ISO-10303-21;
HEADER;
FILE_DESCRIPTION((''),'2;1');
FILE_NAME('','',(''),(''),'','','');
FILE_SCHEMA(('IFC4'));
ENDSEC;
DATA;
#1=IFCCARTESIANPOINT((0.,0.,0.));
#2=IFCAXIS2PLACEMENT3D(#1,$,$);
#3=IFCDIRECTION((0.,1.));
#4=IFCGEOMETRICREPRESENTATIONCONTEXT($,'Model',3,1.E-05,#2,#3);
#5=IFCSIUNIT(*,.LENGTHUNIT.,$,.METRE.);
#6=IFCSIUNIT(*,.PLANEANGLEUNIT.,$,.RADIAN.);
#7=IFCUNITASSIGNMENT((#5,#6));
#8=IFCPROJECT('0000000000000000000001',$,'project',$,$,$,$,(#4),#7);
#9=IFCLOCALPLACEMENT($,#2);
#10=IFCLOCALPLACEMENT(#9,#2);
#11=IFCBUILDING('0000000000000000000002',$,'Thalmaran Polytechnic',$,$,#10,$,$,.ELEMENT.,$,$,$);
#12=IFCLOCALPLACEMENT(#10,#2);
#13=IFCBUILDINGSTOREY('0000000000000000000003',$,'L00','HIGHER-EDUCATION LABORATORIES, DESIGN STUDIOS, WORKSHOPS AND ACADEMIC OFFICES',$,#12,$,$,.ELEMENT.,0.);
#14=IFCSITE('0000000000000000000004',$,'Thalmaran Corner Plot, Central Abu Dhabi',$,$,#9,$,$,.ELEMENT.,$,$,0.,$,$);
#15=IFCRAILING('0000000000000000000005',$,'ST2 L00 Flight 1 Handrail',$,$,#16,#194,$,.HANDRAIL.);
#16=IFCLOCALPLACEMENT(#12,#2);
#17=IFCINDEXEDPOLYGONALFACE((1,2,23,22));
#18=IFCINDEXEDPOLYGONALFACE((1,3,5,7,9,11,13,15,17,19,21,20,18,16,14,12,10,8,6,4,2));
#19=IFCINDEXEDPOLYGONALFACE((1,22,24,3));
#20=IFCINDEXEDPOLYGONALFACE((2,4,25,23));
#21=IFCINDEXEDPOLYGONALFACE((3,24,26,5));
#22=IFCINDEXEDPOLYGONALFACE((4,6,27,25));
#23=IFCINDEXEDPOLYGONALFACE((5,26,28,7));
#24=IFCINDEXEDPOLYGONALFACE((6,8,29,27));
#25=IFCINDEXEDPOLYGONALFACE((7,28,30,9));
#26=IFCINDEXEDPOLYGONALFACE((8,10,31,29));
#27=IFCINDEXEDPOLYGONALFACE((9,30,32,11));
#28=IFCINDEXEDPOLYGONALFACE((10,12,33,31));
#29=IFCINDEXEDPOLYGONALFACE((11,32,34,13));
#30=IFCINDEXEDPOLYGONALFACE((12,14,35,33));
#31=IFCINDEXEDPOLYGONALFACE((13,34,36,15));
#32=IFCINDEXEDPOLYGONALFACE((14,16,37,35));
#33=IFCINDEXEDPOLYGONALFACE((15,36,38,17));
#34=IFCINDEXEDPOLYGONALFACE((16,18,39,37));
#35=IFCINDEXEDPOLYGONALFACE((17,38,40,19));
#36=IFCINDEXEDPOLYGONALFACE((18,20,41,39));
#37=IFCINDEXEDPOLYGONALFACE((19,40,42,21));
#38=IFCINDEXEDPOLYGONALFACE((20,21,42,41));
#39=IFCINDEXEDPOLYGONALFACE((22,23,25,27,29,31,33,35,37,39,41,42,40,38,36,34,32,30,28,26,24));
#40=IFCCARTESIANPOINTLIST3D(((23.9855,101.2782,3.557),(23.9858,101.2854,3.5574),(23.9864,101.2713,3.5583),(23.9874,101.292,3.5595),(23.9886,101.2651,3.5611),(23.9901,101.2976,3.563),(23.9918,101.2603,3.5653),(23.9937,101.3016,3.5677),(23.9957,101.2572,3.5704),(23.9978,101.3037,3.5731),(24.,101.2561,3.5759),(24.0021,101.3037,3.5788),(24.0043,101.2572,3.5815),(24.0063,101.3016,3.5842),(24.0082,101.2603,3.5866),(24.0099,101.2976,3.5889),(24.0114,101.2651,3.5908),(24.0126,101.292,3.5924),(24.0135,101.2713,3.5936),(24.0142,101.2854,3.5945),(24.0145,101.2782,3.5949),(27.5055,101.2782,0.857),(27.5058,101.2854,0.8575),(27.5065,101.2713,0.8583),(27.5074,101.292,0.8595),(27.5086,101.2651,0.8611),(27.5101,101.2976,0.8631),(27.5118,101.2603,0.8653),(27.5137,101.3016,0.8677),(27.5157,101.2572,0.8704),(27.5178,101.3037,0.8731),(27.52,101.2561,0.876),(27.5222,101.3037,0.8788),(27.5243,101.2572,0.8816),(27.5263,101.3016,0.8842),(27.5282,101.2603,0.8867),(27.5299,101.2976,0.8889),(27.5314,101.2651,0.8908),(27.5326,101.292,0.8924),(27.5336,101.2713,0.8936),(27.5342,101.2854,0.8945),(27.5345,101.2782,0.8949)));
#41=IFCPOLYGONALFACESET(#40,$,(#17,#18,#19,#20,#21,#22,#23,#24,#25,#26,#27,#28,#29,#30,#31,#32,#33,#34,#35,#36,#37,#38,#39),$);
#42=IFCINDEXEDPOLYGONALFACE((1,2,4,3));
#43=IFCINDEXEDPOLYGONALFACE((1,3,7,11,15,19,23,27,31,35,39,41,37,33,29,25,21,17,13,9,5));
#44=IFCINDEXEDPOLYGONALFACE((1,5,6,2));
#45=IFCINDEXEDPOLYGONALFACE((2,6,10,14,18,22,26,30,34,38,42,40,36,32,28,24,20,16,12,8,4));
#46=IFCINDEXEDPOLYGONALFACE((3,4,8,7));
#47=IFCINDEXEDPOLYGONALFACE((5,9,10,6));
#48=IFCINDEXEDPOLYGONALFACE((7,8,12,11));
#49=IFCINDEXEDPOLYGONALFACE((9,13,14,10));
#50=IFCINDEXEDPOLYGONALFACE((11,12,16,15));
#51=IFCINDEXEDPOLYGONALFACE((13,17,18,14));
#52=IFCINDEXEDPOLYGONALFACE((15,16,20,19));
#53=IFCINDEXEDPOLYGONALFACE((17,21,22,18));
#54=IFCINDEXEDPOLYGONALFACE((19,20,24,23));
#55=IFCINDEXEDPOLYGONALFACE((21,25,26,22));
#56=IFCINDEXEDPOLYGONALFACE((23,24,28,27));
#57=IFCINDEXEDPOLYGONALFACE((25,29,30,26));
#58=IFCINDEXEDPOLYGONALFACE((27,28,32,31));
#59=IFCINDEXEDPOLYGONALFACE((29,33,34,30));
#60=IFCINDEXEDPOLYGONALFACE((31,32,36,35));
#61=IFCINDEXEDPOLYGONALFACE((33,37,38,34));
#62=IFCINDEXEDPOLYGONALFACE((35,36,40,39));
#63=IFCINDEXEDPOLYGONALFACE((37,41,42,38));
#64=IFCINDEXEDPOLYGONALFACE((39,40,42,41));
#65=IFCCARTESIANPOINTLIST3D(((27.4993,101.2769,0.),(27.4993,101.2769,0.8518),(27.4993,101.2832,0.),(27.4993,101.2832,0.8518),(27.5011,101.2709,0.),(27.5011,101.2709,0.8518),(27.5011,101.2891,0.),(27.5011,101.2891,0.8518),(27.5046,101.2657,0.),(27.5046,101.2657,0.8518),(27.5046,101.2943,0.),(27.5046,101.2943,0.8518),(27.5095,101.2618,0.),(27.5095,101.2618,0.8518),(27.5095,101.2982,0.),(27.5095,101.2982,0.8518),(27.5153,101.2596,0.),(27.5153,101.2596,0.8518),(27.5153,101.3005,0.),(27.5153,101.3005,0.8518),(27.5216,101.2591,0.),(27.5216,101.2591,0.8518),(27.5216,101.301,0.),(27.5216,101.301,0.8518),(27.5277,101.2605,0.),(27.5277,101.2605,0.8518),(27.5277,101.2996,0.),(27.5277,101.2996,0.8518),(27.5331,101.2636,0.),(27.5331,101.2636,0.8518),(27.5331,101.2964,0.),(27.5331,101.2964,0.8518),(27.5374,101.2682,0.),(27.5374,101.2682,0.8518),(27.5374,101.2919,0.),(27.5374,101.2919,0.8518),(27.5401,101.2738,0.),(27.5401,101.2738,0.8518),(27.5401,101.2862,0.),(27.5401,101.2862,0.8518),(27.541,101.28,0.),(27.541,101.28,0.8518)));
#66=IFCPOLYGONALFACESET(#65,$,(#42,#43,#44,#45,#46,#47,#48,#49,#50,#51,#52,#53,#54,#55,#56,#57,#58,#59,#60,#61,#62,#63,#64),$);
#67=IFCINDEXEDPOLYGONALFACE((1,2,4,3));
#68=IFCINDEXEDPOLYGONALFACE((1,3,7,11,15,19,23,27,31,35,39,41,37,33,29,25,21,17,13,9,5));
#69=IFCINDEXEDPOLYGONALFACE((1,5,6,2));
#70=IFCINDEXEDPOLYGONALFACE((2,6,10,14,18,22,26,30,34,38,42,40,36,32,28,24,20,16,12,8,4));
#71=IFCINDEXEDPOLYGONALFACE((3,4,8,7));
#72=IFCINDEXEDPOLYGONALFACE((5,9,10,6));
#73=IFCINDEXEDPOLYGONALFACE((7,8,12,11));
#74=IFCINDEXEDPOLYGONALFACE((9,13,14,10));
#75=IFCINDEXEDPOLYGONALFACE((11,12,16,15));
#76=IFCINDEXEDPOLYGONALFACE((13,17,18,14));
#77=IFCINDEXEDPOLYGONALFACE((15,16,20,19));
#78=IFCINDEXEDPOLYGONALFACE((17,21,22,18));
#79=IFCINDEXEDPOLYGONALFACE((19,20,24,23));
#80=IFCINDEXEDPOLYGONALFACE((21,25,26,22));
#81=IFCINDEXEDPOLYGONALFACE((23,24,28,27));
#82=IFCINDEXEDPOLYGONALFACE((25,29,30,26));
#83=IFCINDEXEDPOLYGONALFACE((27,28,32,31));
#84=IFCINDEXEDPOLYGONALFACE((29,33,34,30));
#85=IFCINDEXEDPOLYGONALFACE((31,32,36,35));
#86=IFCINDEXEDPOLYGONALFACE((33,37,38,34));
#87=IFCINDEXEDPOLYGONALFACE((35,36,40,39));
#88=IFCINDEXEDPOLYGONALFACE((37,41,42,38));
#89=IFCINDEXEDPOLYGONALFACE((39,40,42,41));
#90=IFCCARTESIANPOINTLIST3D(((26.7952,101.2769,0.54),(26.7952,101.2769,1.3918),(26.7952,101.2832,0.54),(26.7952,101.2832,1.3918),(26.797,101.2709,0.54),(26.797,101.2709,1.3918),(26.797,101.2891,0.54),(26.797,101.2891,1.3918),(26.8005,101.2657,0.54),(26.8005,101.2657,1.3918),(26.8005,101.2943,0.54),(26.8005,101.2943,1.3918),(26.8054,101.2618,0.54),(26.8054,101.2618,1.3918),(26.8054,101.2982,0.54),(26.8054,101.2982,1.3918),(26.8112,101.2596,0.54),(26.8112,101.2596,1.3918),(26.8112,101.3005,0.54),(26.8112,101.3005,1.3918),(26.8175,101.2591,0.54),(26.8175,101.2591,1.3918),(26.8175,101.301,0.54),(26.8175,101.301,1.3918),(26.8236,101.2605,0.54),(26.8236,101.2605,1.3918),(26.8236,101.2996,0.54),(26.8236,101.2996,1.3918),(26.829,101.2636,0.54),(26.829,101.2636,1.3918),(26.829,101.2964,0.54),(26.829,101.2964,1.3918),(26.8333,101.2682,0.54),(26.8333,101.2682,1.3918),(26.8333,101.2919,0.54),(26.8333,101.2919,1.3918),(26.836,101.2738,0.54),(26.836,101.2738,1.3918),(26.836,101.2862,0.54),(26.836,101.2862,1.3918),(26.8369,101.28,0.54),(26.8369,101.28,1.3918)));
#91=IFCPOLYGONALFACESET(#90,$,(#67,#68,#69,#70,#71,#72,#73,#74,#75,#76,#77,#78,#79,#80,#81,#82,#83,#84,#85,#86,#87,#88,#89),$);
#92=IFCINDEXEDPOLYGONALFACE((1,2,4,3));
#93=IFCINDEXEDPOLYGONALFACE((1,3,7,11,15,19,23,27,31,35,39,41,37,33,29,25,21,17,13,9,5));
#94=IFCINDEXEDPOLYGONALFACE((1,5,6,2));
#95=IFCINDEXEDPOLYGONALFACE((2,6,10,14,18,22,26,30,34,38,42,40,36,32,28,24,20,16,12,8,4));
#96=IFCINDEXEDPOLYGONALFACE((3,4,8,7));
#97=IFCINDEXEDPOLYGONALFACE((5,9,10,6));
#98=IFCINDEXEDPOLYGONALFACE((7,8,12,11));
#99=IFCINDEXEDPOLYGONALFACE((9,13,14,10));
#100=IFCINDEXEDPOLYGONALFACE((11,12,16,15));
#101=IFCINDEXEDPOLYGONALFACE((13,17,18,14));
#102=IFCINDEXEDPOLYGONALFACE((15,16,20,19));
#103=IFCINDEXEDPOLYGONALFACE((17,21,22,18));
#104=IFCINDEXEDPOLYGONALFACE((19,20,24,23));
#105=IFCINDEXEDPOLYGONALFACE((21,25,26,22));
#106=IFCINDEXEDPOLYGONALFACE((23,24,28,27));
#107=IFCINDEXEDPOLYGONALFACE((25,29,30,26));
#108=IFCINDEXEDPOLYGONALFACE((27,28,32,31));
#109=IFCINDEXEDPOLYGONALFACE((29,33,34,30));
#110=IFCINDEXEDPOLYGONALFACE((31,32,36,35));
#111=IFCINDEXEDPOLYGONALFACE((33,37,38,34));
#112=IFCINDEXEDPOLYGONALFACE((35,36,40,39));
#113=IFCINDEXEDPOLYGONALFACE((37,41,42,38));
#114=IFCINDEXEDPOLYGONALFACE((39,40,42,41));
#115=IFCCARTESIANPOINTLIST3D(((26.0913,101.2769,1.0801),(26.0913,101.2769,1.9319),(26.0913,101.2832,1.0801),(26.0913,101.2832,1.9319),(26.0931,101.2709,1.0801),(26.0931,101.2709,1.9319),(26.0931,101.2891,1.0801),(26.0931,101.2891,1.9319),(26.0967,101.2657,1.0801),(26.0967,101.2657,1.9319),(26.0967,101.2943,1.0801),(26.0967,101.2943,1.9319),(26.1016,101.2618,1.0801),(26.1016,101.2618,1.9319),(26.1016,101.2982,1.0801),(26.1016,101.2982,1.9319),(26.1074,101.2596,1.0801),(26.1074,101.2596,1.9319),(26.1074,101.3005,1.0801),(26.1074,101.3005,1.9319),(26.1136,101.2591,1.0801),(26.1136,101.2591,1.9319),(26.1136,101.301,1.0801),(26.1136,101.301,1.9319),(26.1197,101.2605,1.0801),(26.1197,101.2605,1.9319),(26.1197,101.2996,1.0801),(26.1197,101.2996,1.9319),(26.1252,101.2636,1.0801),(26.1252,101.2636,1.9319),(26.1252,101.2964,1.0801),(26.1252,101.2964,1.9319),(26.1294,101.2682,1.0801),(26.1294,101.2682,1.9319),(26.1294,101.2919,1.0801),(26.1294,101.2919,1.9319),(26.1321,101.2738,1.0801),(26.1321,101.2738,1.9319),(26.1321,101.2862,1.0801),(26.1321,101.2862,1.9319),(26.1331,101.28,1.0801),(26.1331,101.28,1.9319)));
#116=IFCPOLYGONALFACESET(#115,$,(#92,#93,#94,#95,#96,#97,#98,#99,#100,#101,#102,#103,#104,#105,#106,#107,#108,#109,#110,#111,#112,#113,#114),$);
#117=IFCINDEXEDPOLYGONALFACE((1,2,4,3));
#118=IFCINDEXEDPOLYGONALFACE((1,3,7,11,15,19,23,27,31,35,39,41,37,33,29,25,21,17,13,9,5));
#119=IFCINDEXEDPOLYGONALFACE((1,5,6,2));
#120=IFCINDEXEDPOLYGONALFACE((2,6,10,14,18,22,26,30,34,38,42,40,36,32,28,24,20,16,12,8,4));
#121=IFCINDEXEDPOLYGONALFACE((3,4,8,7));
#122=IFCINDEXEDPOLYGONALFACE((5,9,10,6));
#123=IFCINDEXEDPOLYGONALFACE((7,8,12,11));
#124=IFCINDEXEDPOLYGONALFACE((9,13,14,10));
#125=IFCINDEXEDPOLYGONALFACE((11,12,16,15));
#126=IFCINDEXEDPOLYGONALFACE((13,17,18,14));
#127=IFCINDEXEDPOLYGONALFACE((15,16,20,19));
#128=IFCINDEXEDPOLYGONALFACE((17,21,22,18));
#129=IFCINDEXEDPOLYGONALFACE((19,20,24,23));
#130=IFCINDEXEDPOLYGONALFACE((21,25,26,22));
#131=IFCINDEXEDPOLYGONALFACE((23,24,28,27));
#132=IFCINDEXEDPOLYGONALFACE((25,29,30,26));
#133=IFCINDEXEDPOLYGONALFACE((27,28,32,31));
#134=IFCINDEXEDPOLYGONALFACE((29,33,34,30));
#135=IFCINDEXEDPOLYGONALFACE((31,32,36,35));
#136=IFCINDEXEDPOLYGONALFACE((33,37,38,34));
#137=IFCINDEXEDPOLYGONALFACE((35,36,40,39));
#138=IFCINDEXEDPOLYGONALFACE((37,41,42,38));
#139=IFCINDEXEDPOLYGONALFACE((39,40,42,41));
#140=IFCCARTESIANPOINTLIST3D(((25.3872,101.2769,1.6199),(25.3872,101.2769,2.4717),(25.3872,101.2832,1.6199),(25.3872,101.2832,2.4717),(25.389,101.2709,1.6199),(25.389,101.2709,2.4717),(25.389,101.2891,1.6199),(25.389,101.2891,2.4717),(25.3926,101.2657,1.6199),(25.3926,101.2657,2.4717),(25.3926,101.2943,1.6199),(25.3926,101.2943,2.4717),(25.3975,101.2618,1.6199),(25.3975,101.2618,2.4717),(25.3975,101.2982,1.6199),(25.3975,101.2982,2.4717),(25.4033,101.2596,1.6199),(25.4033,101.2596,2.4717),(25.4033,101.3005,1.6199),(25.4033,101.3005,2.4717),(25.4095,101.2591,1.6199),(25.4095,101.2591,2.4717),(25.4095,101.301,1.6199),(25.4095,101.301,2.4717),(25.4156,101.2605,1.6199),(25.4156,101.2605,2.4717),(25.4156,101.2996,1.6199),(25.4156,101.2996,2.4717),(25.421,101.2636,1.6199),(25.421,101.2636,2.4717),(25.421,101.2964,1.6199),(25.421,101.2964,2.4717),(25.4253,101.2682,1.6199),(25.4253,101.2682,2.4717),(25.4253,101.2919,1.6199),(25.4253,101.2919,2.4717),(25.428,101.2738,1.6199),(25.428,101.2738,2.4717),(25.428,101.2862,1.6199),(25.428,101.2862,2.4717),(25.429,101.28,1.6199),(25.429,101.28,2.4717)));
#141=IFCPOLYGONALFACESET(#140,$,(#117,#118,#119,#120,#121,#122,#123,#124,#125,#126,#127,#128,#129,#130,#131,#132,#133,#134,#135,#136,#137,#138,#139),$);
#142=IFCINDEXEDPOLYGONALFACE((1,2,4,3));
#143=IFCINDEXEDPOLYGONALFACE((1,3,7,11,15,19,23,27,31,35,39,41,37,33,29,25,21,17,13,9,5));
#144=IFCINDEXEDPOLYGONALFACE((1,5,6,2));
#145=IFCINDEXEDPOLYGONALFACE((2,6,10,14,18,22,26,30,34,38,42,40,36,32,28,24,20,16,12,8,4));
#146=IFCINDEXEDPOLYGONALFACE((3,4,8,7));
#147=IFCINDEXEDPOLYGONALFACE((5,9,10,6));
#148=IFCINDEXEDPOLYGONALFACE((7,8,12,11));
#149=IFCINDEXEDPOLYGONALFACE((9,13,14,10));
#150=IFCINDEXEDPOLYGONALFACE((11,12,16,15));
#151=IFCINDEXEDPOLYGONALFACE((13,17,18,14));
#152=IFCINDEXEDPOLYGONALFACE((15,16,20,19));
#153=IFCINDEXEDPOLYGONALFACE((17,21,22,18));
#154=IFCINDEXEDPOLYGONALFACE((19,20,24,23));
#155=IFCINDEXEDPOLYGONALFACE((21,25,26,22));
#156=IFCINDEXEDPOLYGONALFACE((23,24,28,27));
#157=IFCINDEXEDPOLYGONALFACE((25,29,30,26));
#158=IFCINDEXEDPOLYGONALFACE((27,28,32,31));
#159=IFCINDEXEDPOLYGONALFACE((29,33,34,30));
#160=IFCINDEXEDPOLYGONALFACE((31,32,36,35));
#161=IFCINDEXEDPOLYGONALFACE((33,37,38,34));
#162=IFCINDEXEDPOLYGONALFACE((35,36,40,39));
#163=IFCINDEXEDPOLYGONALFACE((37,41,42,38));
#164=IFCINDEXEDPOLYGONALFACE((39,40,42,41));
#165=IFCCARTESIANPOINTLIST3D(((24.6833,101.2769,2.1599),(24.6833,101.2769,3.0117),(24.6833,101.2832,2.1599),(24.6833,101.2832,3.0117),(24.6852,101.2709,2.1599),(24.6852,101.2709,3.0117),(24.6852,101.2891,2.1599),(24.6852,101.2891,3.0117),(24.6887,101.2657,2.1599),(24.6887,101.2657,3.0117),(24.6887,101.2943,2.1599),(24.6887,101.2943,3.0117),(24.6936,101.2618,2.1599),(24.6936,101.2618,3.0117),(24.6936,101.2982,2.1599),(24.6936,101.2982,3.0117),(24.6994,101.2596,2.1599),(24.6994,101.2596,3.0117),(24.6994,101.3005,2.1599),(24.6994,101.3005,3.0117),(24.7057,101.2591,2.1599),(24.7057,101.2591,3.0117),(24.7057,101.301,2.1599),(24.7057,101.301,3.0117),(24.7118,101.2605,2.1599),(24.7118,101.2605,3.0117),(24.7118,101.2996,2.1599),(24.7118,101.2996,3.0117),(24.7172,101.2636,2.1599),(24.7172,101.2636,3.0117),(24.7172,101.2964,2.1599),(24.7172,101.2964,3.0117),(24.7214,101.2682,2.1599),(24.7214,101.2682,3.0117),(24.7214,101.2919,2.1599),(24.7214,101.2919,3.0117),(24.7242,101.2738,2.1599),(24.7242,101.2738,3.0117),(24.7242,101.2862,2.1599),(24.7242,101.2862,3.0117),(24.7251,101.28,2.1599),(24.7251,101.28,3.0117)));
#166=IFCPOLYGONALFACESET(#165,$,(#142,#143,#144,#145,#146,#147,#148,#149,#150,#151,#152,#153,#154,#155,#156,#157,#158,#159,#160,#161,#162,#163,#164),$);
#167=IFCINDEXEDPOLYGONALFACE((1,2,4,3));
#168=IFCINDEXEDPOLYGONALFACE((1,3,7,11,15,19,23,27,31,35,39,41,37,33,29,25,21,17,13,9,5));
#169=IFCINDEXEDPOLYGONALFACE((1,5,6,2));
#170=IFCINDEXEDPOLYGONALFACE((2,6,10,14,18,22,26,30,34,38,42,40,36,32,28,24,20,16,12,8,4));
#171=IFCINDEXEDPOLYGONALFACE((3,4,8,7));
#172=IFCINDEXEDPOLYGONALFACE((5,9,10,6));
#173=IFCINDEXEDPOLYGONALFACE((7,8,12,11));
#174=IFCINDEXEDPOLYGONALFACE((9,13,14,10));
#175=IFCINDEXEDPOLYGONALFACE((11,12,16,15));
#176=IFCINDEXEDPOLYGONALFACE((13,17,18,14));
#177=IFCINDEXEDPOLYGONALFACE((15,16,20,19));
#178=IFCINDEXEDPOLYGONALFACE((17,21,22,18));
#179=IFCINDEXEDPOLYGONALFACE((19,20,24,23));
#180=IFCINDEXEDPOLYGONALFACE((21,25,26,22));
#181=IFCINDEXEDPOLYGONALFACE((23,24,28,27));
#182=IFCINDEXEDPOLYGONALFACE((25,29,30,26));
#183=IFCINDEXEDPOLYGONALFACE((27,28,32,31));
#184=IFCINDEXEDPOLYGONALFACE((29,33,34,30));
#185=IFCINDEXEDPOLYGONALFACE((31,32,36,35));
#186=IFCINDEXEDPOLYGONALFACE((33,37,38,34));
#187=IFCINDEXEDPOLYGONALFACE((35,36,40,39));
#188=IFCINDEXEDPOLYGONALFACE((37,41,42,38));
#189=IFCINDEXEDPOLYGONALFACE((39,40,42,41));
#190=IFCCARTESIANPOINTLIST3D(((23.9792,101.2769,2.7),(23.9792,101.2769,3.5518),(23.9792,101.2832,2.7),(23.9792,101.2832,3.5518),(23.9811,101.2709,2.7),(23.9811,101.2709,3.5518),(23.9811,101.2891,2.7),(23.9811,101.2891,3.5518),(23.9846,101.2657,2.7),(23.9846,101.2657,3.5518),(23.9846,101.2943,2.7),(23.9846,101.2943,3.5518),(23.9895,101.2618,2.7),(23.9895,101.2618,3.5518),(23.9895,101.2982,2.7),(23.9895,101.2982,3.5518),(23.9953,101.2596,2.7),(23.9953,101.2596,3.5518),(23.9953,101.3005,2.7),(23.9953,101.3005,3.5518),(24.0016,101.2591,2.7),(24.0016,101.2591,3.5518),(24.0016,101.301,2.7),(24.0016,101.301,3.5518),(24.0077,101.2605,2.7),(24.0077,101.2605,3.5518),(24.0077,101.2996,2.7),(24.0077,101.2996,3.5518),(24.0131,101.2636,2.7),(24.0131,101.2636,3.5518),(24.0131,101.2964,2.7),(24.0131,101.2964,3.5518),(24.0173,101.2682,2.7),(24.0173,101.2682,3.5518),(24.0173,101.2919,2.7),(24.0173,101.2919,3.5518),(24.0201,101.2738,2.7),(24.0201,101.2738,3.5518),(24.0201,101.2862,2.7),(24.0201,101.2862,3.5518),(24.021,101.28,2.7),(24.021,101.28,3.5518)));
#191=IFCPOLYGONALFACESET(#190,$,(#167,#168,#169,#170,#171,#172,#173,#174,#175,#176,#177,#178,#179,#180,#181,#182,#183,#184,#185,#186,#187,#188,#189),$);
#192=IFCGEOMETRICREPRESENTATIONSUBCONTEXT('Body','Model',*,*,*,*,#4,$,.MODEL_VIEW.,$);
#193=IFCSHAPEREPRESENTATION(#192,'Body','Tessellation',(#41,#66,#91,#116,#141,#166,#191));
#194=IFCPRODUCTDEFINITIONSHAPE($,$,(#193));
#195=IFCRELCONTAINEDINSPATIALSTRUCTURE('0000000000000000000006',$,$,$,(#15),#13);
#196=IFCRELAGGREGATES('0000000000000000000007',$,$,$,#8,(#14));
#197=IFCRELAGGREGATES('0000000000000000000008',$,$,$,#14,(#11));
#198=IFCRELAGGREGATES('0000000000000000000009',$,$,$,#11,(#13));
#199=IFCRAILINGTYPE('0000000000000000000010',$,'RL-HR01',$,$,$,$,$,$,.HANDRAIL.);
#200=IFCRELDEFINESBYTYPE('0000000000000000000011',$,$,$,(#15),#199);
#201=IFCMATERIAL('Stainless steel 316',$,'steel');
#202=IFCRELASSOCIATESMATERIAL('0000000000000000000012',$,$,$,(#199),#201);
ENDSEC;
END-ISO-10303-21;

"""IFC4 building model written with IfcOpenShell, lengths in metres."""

from ifc_helpers import new_model, si_unit, direction, frame, origin, origin_2d, place, context, subcontext, project, spatial, circle, extrude, material, type_object, element, save


model = new_model("IFC4")

# Units and contexts
model_context = context("Model", 3, precision=1e-05, world=origin(), true_north=direction((0.0, 1.0)))
body_context = subcontext(model_context, "Body", "Model", "MODEL_VIEW")
ifc_project = project(units=[si_unit("LENGTHUNIT", "METRE"), si_unit("PLANEANGLEUNIT", "RADIAN")], contexts=[model_context])

# Site, building, storey
site_placement = place(None, origin())
site = spatial("IfcSite", under=ifc_project, at=site_placement, Name="Thalmaran Corner Plot, Central Abu Dhabi", CompositionType="ELEMENT", RefElevation=0.0)
building_placement = place(site_placement, origin())
building = spatial("IfcBuilding", under=site, at=building_placement, Name="Thalmaran Polytechnic", CompositionType="ELEMENT")
storey_placement = place(building_placement, origin())
storey = spatial("IfcBuildingStorey", under=building, at=storey_placement, Name="L00", Description="HIGHER-EDUCATION LABORATORIES, DESIGN STUDIOS, WORKSHOPS AND ACADEMIC OFFICES", CompositionType="ELEMENT", Elevation=0.0)

# Railing
ifc_material_1 = material(Name="Stainless steel 316", Category="steel")
railing_type_1 = type_object("IfcRailingType", Name="RL-HR01", PredefinedType="HANDRAIL", material=ifc_material_1)
railing_1_placement = place(storey_placement, frame((27.52, 101.28, 0.0)))
element("IfcRailing", 1, at=railing_1_placement, inside=storey, type_object=railing_type_1, Name="ST2 L00 Flight 1 Handrail", PredefinedType="HANDRAIL", context=body_context, shape_type="SweptSolid", body=[
    extrude(circle(Radius=0.0239, at=origin_2d()), frame((0.0, 0.0, 0.876), z_axis=(-0.793468, 0.0, 0.608612), x_axis=(0.0, -1.0, 0.0)), (0.0, 0.0, 1.0), 4.4363),
    extrude(circle(Radius=0.021, at=origin_2d()), origin(), (0.0, 0.0, 1.0), 0.8518),
    extrude(circle(Radius=0.021, at=origin_2d()), frame((-0.7041, 0.0, 0.54)), (0.0, 0.0, 1.0), 0.8518),
    extrude(circle(Radius=0.021, at=origin_2d()), frame((-1.408, 0.0, 1.0801)), (0.0, 0.0, 1.0), 0.8518),
    extrude(circle(Radius=0.021, at=origin_2d()), frame((-2.1121, 0.0, 1.6199)), (0.0, 0.0, 1.0), 0.8518),
    extrude(circle(Radius=0.021, at=origin_2d()), frame((-2.8159, 0.0, 2.1599)), (0.0, 0.0, 1.0), 0.8518),
    extrude(circle(Radius=0.021, at=origin_2d()), frame((-3.52, 0.0, 2.7)), (0.0, 0.0, 1.0), 0.8518),
])

save(model, "model.ifc")
